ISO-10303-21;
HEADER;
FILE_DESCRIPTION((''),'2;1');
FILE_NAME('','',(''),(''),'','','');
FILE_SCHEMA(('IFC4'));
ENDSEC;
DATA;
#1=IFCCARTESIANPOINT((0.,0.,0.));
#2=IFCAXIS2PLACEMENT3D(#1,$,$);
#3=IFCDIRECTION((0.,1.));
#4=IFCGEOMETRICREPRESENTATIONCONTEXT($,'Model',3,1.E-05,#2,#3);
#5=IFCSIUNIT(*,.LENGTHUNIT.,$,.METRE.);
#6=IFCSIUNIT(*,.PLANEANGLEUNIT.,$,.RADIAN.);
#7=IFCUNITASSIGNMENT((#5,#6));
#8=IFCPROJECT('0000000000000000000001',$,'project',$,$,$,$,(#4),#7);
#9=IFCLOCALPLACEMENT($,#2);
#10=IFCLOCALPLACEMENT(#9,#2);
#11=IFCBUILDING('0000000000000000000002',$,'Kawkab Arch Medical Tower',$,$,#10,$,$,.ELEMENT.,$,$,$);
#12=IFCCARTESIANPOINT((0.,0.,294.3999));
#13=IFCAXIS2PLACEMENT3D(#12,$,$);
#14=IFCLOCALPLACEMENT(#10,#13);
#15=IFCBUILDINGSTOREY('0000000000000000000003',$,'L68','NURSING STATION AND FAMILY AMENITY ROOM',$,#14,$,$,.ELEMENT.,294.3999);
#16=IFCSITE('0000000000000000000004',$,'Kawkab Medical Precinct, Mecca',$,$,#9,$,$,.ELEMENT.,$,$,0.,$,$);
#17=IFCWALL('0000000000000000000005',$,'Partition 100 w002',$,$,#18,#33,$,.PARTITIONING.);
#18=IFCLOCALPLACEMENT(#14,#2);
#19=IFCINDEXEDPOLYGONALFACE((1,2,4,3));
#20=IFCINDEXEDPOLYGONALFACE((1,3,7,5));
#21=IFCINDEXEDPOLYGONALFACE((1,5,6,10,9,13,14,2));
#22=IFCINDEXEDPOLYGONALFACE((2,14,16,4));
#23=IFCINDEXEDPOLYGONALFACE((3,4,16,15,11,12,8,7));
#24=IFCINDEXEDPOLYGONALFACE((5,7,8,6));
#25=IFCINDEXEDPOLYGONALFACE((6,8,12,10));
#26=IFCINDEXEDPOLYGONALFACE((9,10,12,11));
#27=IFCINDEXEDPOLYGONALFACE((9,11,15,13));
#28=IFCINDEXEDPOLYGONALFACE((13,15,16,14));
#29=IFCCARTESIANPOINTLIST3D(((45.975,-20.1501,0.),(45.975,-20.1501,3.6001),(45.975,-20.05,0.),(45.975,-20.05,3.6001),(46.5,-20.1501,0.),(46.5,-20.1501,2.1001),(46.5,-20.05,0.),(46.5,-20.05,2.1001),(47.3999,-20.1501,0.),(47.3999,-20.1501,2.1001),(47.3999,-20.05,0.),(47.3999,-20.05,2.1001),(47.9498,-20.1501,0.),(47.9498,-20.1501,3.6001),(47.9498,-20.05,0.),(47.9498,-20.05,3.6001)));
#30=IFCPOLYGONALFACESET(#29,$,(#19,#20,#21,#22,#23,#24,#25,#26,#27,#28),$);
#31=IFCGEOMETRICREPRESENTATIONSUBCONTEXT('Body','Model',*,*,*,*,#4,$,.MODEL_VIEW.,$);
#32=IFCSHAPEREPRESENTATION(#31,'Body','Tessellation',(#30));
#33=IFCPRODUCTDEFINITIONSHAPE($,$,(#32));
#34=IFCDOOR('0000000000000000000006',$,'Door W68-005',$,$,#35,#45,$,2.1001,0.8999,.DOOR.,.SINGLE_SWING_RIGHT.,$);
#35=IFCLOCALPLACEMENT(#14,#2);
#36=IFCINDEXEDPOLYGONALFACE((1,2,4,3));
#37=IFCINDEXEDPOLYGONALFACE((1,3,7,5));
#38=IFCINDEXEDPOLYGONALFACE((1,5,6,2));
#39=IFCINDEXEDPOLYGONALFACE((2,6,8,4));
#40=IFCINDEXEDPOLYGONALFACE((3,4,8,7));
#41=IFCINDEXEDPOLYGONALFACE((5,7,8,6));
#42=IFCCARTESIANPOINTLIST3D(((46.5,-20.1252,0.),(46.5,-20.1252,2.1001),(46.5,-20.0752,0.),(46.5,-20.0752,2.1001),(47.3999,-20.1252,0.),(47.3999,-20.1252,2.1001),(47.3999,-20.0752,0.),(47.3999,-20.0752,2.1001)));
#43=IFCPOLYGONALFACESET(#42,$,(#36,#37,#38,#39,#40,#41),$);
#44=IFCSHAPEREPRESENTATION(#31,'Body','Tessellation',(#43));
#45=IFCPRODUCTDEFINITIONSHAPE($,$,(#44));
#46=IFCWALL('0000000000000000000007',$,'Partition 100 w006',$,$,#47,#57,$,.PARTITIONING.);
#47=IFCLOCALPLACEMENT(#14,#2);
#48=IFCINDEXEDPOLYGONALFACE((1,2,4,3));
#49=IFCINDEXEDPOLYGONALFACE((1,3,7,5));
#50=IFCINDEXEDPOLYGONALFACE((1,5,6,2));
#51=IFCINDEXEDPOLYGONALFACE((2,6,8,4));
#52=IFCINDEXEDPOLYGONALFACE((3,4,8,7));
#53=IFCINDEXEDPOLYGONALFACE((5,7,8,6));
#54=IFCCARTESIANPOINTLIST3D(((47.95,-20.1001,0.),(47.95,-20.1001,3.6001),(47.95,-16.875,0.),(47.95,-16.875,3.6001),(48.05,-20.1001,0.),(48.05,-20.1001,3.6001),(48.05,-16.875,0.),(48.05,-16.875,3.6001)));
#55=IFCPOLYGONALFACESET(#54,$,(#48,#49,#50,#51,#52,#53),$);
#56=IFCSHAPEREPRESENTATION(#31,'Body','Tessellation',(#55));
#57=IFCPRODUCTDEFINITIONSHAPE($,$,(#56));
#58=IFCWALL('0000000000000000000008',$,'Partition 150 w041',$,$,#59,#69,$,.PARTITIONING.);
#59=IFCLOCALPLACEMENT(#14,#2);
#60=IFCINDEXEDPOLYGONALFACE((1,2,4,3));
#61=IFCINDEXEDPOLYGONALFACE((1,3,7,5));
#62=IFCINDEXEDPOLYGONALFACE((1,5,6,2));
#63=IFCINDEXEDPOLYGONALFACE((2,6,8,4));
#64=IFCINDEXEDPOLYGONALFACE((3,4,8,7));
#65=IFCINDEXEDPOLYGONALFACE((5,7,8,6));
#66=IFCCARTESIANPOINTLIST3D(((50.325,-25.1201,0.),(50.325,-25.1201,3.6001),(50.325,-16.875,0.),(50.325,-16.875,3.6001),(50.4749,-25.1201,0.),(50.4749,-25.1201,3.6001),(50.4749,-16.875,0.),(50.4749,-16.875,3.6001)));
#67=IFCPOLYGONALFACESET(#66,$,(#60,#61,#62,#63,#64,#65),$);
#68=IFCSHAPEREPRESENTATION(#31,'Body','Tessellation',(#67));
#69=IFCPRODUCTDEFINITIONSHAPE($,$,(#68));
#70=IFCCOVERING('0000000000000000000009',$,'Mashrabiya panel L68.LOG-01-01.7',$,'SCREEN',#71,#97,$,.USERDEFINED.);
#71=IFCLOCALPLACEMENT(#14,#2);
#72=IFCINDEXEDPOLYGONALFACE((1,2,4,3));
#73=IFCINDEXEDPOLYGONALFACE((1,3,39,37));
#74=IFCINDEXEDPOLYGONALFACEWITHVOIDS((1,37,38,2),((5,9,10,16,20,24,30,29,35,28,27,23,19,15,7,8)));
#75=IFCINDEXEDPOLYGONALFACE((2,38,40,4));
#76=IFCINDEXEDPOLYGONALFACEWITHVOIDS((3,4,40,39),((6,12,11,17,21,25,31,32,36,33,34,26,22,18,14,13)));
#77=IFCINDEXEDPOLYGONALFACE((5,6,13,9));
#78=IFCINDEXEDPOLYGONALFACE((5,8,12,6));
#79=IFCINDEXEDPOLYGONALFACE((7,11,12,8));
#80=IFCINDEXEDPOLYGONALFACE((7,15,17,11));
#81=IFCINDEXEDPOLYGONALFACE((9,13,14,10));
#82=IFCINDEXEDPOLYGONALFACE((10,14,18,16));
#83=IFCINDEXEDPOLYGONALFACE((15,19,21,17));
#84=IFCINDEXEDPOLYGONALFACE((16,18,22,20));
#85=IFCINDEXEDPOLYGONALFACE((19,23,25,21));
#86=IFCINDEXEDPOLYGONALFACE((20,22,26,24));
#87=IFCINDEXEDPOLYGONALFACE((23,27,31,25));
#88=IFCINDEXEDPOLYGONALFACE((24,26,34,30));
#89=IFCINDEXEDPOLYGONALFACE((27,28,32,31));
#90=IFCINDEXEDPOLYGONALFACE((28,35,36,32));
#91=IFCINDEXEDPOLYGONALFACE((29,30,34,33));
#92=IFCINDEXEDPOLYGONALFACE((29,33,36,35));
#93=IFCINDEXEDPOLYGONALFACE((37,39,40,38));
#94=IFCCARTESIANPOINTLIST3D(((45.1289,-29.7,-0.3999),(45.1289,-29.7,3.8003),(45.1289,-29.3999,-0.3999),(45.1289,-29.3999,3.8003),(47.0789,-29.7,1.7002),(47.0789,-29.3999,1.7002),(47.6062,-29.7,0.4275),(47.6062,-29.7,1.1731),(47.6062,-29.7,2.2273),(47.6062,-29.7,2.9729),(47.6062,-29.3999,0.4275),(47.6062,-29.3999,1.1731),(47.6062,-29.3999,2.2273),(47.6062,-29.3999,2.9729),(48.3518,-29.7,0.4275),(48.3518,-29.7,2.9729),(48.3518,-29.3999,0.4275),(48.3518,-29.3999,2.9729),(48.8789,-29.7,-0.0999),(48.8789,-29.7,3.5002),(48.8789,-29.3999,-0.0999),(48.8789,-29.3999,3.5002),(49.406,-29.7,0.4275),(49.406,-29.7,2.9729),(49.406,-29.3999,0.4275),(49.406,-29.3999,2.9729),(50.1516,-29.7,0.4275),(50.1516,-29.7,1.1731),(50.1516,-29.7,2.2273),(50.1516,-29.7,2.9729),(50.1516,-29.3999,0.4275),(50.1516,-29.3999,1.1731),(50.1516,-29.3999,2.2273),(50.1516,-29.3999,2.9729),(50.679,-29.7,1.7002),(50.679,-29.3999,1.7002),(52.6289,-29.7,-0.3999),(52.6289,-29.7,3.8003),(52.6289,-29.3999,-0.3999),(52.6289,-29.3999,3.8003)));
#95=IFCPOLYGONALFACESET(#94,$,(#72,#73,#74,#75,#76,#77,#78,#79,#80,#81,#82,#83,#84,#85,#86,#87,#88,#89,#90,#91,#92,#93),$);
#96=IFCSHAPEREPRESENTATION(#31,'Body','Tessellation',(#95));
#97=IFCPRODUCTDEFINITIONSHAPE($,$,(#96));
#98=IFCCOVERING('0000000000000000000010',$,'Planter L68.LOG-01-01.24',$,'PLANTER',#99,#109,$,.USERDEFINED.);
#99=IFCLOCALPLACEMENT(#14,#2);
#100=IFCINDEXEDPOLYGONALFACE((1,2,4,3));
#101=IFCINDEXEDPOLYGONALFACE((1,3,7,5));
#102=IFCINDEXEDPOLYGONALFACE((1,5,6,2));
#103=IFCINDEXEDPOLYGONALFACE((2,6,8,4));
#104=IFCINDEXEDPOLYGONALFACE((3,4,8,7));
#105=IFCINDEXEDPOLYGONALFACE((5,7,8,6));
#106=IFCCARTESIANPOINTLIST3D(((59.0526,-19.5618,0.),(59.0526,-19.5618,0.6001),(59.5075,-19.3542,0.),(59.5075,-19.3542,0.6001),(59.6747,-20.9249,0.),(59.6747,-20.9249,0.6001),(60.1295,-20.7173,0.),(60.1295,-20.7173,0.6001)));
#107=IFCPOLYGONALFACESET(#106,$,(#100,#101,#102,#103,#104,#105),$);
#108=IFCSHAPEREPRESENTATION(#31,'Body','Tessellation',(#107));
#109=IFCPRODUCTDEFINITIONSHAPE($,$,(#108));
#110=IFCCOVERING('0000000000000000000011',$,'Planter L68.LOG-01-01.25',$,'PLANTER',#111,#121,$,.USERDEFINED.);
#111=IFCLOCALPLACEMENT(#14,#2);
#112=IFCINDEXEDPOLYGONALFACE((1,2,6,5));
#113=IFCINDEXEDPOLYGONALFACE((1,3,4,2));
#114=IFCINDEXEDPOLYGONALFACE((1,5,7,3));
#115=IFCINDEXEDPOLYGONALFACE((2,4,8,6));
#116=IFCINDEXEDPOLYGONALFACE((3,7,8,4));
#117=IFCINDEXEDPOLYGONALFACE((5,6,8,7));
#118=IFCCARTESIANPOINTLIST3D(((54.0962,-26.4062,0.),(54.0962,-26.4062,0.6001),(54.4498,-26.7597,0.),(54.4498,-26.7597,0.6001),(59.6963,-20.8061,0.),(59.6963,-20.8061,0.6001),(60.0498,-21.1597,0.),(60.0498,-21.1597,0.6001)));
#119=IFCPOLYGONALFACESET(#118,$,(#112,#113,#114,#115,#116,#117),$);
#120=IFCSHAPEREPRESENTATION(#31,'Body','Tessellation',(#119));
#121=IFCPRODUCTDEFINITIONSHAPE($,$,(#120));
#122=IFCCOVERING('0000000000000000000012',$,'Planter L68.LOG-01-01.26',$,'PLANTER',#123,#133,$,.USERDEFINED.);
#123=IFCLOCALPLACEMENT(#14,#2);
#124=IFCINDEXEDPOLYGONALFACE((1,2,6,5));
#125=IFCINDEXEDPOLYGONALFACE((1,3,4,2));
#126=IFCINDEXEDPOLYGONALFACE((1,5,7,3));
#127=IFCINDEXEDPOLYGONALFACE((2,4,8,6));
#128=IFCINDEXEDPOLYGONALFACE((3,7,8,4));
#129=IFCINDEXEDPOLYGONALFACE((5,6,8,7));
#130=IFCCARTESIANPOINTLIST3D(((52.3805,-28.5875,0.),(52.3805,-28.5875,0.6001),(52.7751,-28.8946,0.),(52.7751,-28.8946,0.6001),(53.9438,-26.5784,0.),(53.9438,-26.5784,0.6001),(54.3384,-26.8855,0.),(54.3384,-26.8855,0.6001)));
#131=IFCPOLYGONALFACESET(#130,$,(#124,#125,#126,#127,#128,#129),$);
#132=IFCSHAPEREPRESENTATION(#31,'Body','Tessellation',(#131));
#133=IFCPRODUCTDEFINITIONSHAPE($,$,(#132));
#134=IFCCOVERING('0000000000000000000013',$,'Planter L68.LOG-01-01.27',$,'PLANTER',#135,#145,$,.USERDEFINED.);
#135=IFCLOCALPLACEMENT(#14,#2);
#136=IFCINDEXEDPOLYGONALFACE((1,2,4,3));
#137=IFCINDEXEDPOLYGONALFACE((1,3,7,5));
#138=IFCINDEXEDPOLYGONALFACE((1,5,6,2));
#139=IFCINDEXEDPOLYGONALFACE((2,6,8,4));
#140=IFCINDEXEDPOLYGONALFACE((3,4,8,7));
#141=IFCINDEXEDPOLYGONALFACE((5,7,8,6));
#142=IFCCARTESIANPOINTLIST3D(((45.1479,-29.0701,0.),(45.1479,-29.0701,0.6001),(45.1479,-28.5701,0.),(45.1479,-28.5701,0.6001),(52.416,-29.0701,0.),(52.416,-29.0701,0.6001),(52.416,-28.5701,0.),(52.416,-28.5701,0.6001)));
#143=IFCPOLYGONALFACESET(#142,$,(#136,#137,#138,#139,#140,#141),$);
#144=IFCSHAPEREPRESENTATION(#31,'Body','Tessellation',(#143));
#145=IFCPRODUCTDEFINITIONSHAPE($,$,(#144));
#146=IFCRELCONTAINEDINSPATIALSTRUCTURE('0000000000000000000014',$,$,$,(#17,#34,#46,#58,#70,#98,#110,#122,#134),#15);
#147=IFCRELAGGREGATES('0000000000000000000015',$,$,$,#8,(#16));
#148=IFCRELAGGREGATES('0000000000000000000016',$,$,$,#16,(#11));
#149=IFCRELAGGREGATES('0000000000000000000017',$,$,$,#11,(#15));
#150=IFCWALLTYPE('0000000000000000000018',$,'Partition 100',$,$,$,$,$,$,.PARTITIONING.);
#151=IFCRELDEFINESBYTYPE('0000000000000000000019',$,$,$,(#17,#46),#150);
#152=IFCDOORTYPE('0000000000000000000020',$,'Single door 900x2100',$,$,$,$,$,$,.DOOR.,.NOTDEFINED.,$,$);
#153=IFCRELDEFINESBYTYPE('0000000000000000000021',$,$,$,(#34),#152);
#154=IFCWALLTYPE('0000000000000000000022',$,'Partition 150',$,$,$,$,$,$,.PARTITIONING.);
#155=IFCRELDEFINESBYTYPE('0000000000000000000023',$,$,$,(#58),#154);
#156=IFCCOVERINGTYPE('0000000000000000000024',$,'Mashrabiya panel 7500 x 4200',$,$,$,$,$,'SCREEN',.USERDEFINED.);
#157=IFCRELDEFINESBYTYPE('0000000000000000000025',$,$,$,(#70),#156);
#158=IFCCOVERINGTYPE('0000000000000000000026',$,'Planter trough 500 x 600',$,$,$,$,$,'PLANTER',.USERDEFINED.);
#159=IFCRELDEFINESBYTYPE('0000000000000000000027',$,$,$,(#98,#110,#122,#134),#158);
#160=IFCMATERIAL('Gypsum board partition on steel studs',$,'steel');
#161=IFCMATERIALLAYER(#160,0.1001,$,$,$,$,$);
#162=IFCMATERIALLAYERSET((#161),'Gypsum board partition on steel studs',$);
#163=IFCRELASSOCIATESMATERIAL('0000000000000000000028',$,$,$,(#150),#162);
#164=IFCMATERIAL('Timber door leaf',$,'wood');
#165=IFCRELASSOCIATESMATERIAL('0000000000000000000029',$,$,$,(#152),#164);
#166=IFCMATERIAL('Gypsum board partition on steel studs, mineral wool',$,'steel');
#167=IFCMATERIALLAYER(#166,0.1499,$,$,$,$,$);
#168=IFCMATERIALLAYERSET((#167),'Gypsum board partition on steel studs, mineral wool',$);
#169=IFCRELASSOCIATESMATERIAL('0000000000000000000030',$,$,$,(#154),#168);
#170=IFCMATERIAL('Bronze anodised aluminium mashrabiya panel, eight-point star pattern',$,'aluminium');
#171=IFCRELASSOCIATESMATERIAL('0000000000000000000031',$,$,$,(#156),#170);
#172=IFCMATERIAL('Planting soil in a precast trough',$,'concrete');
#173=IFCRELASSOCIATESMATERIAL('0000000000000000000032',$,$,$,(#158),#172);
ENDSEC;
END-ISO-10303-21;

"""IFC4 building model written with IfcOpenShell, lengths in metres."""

from ifc_helpers import new_model, si_unit, direction, frame, frame_2d, origin, origin_2d, place, context, subcontext, project, spatial, polyline, rectangle, outline, extrude, material, layer, layer_set, material_profile, profile_set, type_object, element, fill, save


model = new_model("IFC4")

# Units and contexts
model_context = context("Model", 3, precision=1e-05, world=origin(), true_north=direction((0.0, 1.0)))
body_context = subcontext(model_context, "Body", "Model", "MODEL_VIEW")
ifc_project = project(units=[si_unit("LENGTHUNIT", "METRE"), si_unit("PLANEANGLEUNIT", "RADIAN")], contexts=[model_context])

# Site, building, storey
site_placement = place(None, origin())
site = spatial("IfcSite", under=ifc_project, at=site_placement, Name="Kawkab Medical Precinct, Mecca", CompositionType="ELEMENT", RefElevation=0.0)
building_placement = place(site_placement, origin())
building = spatial("IfcBuilding", under=site, at=building_placement, Name="Kawkab Arch Medical Tower", CompositionType="ELEMENT")
storey_placement = place(building_placement, frame((0.0, 0.0, 294.3999)))
storey = spatial("IfcBuildingStorey", under=building, at=storey_placement, Name="L68", Description="NURSING STATION AND FAMILY AMENITY ROOM", CompositionType="ELEMENT", Elevation=294.3999)

# Wall, opening, door
ifc_material_1 = material(Name="Gypsum board partition on steel studs", Category="steel")
ifc_layer_1 = layer(ifc_material_1, 0.1001)
ifc_layer_set_1 = layer_set([ifc_layer_1], Name="Gypsum board partition on steel studs")
wall_type_1 = type_object("IfcWallType", Name="Partition 100", PredefinedType="PARTITIONING", material=ifc_layer_set_1)
wall_1_placement = place(storey_placement, frame((45.9751, -20.1001, 0.0), z_axis=(0.0, 0.0, 1.0), x_axis=(1.0, 0.0, 0.0)))
wall_1 = element("IfcWall", 1, at=wall_1_placement, inside=storey, type_object=wall_type_1, Name="Partition 100 w002", PredefinedType="PARTITIONING", context=body_context, shape_type="SweptSolid", body=[
    extrude(rectangle(XDim=1.9749, YDim=0.1001, at=frame_2d((0.9873, 0.0))), origin(), (0.0, 0.0, 1.0), 3.6001),
])
opening_placement = place(wall_1_placement, frame((0.5249, 0.0, 0.0)))
opening = element("IfcOpeningElement", 2, at=opening_placement, cuts=wall_1, PredefinedType="OPENING", context=body_context, shape_type="SweptSolid", body=[
    extrude(rectangle(XDim=0.8999, YDim=2.1001, at=frame_2d((0.45, 1.05))), frame((0.0, 0.0601, 0.0), z_axis=(0.0, -1.0, 0.0), x_axis=(1.0, 0.0, 0.0)), (0.0, 0.0, 1.0), 0.1201),
])
ifc_material_2 = material(Name="Timber door leaf", Category="wood")
door_type = type_object("IfcDoorType", Name="Single door 900x2100", OperationType="NOTDEFINED", PredefinedType="DOOR", material=ifc_material_2)
door_placement = place(opening_placement, origin())
door = element("IfcDoor", 3, at=door_placement, inside=storey, type_object=door_type, Name="Door W68-005", OperationType="SINGLE_SWING_RIGHT", OverallHeight=2.1001, OverallWidth=0.8999, PredefinedType="DOOR", context=body_context, shape_type="SweptSolid", body=[
    extrude(rectangle(XDim=0.8999, YDim=2.1001, at=frame_2d((0.45, 1.05))), frame((0.0, 0.0249, 0.0), z_axis=(0.0, -1.0, 0.0), x_axis=(1.0, 0.0, 0.0)), (0.0, 0.0, 1.0), 0.05),
])
fill(opening, door)

# Walls
wall_2_placement = place(storey_placement, frame((48.0, -20.1001, 0.0), z_axis=(0.0, 0.0, 1.0), x_axis=(0.0, 1.0, 0.0)))
element("IfcWall", 4, at=wall_2_placement, inside=storey, type_object=wall_type_1, Name="Partition 100 w006", PredefinedType="PARTITIONING", context=body_context, shape_type="SweptSolid", body=[
    extrude(rectangle(XDim=3.2251, YDim=0.1001, at=frame_2d((1.6125, 0.0))), origin(), (0.0, 0.0, 1.0), 3.6001),
])
ifc_material_3 = material(Name="Gypsum board partition on steel studs, mineral wool", Category="steel")
ifc_layer_2 = layer(ifc_material_3, 0.1499)
ifc_layer_set_2 = layer_set([ifc_layer_2], Name="Gypsum board partition on steel studs, mineral wool")
wall_type_2 = type_object("IfcWallType", Name="Partition 150", PredefinedType="PARTITIONING", material=ifc_layer_set_2)
wall_3_placement = place(storey_placement, frame((50.3999, -25.1201, 0.0), z_axis=(0.0, 0.0, 1.0), x_axis=(0.0, 1.0, 0.0)))
element("IfcWall", 5, at=wall_3_placement, inside=storey, type_object=wall_type_2, Name="Partition 150 w041", PredefinedType="PARTITIONING", context=body_context, shape_type="SweptSolid", body=[
    extrude(rectangle(XDim=8.2451, YDim=0.1499, at=frame_2d((4.1226, 0.0))), origin(), (0.0, 0.0, 1.0), 3.6001),
])

# Coverings
ifc_material_4 = material(Name="Bronze anodised aluminium mashrabiya panel, eight-point star pattern", Category="aluminium")
ifc_material_profile_1 = material_profile(ifc_material_4, outline(polyline([(-3.75, -2.1001), (3.75, -2.1001), (3.75, 2.1001), (-3.75, 2.1001), (-3.75, -2.1001)]), holes=[polyline([(1.8, 0.0), (1.2727, 0.5271), (1.2727, 1.2727), (0.5271, 1.2727), (0.0, 1.8), (-0.5271, 1.2727), (-1.2727, 1.2727), (-1.2727, 0.5271), (-1.8, 0.0), (-1.2727, -0.5271), (-1.2727, -1.2727), (-0.5271, -1.2727), (0.0, -1.8), (0.5271, -1.2727), (1.2727, -1.2727), (1.2727, -0.5271), (1.8, 0.0)])]), Name="Mashrabiya panel 7500x4200")
ifc_profile_set_1 = profile_set([ifc_material_profile_1], Name="Bronze anodised aluminium mashrabiya panel, eight-point star pattern")
covering_type_1 = type_object("IfcCoveringType", Name="Mashrabiya panel 7500 x 4200", ElementType="SCREEN", PredefinedType="USERDEFINED", material=ifc_profile_set_1)
covering_1_placement = place(storey_placement, frame((48.8789, -29.3999, 1.7002), z_axis=(0.0, -1.0, 0.0), x_axis=(1.0, 0.0, 0.0)))
element("IfcCovering", 6, at=covering_1_placement, inside=storey, type_object=covering_type_1, Name="Mashrabiya panel L68.LOG-01-01.7", ObjectType="SCREEN", PredefinedType="USERDEFINED", context=body_context, shape_type="SweptSolid", body=[
    extrude(outline(polyline([(-3.75, -2.1001), (3.75, -2.1001), (3.75, 2.1001), (-3.75, 2.1001), (-3.75, -2.1001)]), holes=[polyline([(1.8, 0.0), (1.2727, 0.5271), (1.2727, 1.2727), (0.5271, 1.2727), (0.0, 1.8), (-0.5271, 1.2727), (-1.2727, 1.2727), (-1.2727, 0.5271), (-1.8, 0.0), (-1.2727, -0.5271), (-1.2727, -1.2727), (-0.5271, -1.2727), (0.0, -1.8), (0.5271, -1.2727), (1.2727, -1.2727), (1.2727, -0.5271), (1.8, 0.0)])]), origin(), (0.0, 0.0, 1.0), 0.3),
])
ifc_material_5 = material(Name="Planting soil in a precast trough", Category="concrete")
ifc_material_profile_2 = material_profile(ifc_material_5, rectangle(XDim=0.5, YDim=0.6001, at=origin_2d()), Name="Trough 500x600")
ifc_profile_set_2 = profile_set([ifc_material_profile_2], Name="Planting soil in a precast trough")
covering_type_2 = type_object("IfcCoveringType", Name="Planter trough 500 x 600", ElementType="PLANTER", PredefinedType="USERDEFINED", material=ifc_profile_set_2)
covering_2_placement = place(storey_placement, frame((59.28, -19.458, 0.3), z_axis=(0.41519, -0.909735, 0.0), x_axis=(0.909735, 0.41519, 0.0)))
element("IfcCovering", 7, at=covering_2_placement, inside=storey, type_object=covering_type_2, Name="Planter L68.LOG-01-01.24", ObjectType="PLANTER", PredefinedType="USERDEFINED", context=body_context, shape_type="SweptSolid", body=[
    extrude(rectangle(XDim=0.5, YDim=0.6001, at=origin_2d()), origin(), (0.0, 0.0, 1.0), 1.4983),
])
covering_3_placement = place(storey_placement, frame((59.873, -20.9829, 0.3), z_axis=(-0.707107, -0.707107, 0.0), x_axis=(0.707107, -0.707107, 0.0)))
element("IfcCovering", 8, at=covering_3_placement, inside=storey, type_object=covering_type_2, Name="Planter L68.LOG-01-01.25", ObjectType="PLANTER", PredefinedType="USERDEFINED", context=body_context, shape_type="SweptSolid", body=[
    extrude(rectangle(XDim=0.5, YDim=0.6001, at=origin_2d()), origin(), (0.0, 0.0, 1.0), 7.9197),
])
covering_4_placement = place(storey_placement, frame((54.1411, -26.7319, 0.3), z_axis=(-0.6141, -0.789228, 0.0), x_axis=(0.789228, -0.6141, 0.0)))
element("IfcCovering", 9, at=covering_4_placement, inside=storey, type_object=covering_type_2, Name="Planter L68.LOG-01-01.26", ObjectType="PLANTER", PredefinedType="USERDEFINED", context=body_context, shape_type="SweptSolid", body=[
    extrude(rectangle(XDim=0.5, YDim=0.6001, at=origin_2d()), origin(), (0.0, 0.0, 1.0), 2.5457),
])
covering_5_placement = place(storey_placement, frame((52.416, -28.8201, 0.3), z_axis=(-1.0, 0.0, 0.0), x_axis=(0.0, -1.0, 0.0)))
element("IfcCovering", 10, at=covering_5_placement, inside=storey, type_object=covering_type_2, Name="Planter L68.LOG-01-01.27", ObjectType="PLANTER", PredefinedType="USERDEFINED", context=body_context, shape_type="SweptSolid", body=[
    extrude(rectangle(XDim=0.5, YDim=0.6001, at=origin_2d()), origin(), (0.0, 0.0, 1.0), 7.2681),
])

save(model, "model.ifc")
